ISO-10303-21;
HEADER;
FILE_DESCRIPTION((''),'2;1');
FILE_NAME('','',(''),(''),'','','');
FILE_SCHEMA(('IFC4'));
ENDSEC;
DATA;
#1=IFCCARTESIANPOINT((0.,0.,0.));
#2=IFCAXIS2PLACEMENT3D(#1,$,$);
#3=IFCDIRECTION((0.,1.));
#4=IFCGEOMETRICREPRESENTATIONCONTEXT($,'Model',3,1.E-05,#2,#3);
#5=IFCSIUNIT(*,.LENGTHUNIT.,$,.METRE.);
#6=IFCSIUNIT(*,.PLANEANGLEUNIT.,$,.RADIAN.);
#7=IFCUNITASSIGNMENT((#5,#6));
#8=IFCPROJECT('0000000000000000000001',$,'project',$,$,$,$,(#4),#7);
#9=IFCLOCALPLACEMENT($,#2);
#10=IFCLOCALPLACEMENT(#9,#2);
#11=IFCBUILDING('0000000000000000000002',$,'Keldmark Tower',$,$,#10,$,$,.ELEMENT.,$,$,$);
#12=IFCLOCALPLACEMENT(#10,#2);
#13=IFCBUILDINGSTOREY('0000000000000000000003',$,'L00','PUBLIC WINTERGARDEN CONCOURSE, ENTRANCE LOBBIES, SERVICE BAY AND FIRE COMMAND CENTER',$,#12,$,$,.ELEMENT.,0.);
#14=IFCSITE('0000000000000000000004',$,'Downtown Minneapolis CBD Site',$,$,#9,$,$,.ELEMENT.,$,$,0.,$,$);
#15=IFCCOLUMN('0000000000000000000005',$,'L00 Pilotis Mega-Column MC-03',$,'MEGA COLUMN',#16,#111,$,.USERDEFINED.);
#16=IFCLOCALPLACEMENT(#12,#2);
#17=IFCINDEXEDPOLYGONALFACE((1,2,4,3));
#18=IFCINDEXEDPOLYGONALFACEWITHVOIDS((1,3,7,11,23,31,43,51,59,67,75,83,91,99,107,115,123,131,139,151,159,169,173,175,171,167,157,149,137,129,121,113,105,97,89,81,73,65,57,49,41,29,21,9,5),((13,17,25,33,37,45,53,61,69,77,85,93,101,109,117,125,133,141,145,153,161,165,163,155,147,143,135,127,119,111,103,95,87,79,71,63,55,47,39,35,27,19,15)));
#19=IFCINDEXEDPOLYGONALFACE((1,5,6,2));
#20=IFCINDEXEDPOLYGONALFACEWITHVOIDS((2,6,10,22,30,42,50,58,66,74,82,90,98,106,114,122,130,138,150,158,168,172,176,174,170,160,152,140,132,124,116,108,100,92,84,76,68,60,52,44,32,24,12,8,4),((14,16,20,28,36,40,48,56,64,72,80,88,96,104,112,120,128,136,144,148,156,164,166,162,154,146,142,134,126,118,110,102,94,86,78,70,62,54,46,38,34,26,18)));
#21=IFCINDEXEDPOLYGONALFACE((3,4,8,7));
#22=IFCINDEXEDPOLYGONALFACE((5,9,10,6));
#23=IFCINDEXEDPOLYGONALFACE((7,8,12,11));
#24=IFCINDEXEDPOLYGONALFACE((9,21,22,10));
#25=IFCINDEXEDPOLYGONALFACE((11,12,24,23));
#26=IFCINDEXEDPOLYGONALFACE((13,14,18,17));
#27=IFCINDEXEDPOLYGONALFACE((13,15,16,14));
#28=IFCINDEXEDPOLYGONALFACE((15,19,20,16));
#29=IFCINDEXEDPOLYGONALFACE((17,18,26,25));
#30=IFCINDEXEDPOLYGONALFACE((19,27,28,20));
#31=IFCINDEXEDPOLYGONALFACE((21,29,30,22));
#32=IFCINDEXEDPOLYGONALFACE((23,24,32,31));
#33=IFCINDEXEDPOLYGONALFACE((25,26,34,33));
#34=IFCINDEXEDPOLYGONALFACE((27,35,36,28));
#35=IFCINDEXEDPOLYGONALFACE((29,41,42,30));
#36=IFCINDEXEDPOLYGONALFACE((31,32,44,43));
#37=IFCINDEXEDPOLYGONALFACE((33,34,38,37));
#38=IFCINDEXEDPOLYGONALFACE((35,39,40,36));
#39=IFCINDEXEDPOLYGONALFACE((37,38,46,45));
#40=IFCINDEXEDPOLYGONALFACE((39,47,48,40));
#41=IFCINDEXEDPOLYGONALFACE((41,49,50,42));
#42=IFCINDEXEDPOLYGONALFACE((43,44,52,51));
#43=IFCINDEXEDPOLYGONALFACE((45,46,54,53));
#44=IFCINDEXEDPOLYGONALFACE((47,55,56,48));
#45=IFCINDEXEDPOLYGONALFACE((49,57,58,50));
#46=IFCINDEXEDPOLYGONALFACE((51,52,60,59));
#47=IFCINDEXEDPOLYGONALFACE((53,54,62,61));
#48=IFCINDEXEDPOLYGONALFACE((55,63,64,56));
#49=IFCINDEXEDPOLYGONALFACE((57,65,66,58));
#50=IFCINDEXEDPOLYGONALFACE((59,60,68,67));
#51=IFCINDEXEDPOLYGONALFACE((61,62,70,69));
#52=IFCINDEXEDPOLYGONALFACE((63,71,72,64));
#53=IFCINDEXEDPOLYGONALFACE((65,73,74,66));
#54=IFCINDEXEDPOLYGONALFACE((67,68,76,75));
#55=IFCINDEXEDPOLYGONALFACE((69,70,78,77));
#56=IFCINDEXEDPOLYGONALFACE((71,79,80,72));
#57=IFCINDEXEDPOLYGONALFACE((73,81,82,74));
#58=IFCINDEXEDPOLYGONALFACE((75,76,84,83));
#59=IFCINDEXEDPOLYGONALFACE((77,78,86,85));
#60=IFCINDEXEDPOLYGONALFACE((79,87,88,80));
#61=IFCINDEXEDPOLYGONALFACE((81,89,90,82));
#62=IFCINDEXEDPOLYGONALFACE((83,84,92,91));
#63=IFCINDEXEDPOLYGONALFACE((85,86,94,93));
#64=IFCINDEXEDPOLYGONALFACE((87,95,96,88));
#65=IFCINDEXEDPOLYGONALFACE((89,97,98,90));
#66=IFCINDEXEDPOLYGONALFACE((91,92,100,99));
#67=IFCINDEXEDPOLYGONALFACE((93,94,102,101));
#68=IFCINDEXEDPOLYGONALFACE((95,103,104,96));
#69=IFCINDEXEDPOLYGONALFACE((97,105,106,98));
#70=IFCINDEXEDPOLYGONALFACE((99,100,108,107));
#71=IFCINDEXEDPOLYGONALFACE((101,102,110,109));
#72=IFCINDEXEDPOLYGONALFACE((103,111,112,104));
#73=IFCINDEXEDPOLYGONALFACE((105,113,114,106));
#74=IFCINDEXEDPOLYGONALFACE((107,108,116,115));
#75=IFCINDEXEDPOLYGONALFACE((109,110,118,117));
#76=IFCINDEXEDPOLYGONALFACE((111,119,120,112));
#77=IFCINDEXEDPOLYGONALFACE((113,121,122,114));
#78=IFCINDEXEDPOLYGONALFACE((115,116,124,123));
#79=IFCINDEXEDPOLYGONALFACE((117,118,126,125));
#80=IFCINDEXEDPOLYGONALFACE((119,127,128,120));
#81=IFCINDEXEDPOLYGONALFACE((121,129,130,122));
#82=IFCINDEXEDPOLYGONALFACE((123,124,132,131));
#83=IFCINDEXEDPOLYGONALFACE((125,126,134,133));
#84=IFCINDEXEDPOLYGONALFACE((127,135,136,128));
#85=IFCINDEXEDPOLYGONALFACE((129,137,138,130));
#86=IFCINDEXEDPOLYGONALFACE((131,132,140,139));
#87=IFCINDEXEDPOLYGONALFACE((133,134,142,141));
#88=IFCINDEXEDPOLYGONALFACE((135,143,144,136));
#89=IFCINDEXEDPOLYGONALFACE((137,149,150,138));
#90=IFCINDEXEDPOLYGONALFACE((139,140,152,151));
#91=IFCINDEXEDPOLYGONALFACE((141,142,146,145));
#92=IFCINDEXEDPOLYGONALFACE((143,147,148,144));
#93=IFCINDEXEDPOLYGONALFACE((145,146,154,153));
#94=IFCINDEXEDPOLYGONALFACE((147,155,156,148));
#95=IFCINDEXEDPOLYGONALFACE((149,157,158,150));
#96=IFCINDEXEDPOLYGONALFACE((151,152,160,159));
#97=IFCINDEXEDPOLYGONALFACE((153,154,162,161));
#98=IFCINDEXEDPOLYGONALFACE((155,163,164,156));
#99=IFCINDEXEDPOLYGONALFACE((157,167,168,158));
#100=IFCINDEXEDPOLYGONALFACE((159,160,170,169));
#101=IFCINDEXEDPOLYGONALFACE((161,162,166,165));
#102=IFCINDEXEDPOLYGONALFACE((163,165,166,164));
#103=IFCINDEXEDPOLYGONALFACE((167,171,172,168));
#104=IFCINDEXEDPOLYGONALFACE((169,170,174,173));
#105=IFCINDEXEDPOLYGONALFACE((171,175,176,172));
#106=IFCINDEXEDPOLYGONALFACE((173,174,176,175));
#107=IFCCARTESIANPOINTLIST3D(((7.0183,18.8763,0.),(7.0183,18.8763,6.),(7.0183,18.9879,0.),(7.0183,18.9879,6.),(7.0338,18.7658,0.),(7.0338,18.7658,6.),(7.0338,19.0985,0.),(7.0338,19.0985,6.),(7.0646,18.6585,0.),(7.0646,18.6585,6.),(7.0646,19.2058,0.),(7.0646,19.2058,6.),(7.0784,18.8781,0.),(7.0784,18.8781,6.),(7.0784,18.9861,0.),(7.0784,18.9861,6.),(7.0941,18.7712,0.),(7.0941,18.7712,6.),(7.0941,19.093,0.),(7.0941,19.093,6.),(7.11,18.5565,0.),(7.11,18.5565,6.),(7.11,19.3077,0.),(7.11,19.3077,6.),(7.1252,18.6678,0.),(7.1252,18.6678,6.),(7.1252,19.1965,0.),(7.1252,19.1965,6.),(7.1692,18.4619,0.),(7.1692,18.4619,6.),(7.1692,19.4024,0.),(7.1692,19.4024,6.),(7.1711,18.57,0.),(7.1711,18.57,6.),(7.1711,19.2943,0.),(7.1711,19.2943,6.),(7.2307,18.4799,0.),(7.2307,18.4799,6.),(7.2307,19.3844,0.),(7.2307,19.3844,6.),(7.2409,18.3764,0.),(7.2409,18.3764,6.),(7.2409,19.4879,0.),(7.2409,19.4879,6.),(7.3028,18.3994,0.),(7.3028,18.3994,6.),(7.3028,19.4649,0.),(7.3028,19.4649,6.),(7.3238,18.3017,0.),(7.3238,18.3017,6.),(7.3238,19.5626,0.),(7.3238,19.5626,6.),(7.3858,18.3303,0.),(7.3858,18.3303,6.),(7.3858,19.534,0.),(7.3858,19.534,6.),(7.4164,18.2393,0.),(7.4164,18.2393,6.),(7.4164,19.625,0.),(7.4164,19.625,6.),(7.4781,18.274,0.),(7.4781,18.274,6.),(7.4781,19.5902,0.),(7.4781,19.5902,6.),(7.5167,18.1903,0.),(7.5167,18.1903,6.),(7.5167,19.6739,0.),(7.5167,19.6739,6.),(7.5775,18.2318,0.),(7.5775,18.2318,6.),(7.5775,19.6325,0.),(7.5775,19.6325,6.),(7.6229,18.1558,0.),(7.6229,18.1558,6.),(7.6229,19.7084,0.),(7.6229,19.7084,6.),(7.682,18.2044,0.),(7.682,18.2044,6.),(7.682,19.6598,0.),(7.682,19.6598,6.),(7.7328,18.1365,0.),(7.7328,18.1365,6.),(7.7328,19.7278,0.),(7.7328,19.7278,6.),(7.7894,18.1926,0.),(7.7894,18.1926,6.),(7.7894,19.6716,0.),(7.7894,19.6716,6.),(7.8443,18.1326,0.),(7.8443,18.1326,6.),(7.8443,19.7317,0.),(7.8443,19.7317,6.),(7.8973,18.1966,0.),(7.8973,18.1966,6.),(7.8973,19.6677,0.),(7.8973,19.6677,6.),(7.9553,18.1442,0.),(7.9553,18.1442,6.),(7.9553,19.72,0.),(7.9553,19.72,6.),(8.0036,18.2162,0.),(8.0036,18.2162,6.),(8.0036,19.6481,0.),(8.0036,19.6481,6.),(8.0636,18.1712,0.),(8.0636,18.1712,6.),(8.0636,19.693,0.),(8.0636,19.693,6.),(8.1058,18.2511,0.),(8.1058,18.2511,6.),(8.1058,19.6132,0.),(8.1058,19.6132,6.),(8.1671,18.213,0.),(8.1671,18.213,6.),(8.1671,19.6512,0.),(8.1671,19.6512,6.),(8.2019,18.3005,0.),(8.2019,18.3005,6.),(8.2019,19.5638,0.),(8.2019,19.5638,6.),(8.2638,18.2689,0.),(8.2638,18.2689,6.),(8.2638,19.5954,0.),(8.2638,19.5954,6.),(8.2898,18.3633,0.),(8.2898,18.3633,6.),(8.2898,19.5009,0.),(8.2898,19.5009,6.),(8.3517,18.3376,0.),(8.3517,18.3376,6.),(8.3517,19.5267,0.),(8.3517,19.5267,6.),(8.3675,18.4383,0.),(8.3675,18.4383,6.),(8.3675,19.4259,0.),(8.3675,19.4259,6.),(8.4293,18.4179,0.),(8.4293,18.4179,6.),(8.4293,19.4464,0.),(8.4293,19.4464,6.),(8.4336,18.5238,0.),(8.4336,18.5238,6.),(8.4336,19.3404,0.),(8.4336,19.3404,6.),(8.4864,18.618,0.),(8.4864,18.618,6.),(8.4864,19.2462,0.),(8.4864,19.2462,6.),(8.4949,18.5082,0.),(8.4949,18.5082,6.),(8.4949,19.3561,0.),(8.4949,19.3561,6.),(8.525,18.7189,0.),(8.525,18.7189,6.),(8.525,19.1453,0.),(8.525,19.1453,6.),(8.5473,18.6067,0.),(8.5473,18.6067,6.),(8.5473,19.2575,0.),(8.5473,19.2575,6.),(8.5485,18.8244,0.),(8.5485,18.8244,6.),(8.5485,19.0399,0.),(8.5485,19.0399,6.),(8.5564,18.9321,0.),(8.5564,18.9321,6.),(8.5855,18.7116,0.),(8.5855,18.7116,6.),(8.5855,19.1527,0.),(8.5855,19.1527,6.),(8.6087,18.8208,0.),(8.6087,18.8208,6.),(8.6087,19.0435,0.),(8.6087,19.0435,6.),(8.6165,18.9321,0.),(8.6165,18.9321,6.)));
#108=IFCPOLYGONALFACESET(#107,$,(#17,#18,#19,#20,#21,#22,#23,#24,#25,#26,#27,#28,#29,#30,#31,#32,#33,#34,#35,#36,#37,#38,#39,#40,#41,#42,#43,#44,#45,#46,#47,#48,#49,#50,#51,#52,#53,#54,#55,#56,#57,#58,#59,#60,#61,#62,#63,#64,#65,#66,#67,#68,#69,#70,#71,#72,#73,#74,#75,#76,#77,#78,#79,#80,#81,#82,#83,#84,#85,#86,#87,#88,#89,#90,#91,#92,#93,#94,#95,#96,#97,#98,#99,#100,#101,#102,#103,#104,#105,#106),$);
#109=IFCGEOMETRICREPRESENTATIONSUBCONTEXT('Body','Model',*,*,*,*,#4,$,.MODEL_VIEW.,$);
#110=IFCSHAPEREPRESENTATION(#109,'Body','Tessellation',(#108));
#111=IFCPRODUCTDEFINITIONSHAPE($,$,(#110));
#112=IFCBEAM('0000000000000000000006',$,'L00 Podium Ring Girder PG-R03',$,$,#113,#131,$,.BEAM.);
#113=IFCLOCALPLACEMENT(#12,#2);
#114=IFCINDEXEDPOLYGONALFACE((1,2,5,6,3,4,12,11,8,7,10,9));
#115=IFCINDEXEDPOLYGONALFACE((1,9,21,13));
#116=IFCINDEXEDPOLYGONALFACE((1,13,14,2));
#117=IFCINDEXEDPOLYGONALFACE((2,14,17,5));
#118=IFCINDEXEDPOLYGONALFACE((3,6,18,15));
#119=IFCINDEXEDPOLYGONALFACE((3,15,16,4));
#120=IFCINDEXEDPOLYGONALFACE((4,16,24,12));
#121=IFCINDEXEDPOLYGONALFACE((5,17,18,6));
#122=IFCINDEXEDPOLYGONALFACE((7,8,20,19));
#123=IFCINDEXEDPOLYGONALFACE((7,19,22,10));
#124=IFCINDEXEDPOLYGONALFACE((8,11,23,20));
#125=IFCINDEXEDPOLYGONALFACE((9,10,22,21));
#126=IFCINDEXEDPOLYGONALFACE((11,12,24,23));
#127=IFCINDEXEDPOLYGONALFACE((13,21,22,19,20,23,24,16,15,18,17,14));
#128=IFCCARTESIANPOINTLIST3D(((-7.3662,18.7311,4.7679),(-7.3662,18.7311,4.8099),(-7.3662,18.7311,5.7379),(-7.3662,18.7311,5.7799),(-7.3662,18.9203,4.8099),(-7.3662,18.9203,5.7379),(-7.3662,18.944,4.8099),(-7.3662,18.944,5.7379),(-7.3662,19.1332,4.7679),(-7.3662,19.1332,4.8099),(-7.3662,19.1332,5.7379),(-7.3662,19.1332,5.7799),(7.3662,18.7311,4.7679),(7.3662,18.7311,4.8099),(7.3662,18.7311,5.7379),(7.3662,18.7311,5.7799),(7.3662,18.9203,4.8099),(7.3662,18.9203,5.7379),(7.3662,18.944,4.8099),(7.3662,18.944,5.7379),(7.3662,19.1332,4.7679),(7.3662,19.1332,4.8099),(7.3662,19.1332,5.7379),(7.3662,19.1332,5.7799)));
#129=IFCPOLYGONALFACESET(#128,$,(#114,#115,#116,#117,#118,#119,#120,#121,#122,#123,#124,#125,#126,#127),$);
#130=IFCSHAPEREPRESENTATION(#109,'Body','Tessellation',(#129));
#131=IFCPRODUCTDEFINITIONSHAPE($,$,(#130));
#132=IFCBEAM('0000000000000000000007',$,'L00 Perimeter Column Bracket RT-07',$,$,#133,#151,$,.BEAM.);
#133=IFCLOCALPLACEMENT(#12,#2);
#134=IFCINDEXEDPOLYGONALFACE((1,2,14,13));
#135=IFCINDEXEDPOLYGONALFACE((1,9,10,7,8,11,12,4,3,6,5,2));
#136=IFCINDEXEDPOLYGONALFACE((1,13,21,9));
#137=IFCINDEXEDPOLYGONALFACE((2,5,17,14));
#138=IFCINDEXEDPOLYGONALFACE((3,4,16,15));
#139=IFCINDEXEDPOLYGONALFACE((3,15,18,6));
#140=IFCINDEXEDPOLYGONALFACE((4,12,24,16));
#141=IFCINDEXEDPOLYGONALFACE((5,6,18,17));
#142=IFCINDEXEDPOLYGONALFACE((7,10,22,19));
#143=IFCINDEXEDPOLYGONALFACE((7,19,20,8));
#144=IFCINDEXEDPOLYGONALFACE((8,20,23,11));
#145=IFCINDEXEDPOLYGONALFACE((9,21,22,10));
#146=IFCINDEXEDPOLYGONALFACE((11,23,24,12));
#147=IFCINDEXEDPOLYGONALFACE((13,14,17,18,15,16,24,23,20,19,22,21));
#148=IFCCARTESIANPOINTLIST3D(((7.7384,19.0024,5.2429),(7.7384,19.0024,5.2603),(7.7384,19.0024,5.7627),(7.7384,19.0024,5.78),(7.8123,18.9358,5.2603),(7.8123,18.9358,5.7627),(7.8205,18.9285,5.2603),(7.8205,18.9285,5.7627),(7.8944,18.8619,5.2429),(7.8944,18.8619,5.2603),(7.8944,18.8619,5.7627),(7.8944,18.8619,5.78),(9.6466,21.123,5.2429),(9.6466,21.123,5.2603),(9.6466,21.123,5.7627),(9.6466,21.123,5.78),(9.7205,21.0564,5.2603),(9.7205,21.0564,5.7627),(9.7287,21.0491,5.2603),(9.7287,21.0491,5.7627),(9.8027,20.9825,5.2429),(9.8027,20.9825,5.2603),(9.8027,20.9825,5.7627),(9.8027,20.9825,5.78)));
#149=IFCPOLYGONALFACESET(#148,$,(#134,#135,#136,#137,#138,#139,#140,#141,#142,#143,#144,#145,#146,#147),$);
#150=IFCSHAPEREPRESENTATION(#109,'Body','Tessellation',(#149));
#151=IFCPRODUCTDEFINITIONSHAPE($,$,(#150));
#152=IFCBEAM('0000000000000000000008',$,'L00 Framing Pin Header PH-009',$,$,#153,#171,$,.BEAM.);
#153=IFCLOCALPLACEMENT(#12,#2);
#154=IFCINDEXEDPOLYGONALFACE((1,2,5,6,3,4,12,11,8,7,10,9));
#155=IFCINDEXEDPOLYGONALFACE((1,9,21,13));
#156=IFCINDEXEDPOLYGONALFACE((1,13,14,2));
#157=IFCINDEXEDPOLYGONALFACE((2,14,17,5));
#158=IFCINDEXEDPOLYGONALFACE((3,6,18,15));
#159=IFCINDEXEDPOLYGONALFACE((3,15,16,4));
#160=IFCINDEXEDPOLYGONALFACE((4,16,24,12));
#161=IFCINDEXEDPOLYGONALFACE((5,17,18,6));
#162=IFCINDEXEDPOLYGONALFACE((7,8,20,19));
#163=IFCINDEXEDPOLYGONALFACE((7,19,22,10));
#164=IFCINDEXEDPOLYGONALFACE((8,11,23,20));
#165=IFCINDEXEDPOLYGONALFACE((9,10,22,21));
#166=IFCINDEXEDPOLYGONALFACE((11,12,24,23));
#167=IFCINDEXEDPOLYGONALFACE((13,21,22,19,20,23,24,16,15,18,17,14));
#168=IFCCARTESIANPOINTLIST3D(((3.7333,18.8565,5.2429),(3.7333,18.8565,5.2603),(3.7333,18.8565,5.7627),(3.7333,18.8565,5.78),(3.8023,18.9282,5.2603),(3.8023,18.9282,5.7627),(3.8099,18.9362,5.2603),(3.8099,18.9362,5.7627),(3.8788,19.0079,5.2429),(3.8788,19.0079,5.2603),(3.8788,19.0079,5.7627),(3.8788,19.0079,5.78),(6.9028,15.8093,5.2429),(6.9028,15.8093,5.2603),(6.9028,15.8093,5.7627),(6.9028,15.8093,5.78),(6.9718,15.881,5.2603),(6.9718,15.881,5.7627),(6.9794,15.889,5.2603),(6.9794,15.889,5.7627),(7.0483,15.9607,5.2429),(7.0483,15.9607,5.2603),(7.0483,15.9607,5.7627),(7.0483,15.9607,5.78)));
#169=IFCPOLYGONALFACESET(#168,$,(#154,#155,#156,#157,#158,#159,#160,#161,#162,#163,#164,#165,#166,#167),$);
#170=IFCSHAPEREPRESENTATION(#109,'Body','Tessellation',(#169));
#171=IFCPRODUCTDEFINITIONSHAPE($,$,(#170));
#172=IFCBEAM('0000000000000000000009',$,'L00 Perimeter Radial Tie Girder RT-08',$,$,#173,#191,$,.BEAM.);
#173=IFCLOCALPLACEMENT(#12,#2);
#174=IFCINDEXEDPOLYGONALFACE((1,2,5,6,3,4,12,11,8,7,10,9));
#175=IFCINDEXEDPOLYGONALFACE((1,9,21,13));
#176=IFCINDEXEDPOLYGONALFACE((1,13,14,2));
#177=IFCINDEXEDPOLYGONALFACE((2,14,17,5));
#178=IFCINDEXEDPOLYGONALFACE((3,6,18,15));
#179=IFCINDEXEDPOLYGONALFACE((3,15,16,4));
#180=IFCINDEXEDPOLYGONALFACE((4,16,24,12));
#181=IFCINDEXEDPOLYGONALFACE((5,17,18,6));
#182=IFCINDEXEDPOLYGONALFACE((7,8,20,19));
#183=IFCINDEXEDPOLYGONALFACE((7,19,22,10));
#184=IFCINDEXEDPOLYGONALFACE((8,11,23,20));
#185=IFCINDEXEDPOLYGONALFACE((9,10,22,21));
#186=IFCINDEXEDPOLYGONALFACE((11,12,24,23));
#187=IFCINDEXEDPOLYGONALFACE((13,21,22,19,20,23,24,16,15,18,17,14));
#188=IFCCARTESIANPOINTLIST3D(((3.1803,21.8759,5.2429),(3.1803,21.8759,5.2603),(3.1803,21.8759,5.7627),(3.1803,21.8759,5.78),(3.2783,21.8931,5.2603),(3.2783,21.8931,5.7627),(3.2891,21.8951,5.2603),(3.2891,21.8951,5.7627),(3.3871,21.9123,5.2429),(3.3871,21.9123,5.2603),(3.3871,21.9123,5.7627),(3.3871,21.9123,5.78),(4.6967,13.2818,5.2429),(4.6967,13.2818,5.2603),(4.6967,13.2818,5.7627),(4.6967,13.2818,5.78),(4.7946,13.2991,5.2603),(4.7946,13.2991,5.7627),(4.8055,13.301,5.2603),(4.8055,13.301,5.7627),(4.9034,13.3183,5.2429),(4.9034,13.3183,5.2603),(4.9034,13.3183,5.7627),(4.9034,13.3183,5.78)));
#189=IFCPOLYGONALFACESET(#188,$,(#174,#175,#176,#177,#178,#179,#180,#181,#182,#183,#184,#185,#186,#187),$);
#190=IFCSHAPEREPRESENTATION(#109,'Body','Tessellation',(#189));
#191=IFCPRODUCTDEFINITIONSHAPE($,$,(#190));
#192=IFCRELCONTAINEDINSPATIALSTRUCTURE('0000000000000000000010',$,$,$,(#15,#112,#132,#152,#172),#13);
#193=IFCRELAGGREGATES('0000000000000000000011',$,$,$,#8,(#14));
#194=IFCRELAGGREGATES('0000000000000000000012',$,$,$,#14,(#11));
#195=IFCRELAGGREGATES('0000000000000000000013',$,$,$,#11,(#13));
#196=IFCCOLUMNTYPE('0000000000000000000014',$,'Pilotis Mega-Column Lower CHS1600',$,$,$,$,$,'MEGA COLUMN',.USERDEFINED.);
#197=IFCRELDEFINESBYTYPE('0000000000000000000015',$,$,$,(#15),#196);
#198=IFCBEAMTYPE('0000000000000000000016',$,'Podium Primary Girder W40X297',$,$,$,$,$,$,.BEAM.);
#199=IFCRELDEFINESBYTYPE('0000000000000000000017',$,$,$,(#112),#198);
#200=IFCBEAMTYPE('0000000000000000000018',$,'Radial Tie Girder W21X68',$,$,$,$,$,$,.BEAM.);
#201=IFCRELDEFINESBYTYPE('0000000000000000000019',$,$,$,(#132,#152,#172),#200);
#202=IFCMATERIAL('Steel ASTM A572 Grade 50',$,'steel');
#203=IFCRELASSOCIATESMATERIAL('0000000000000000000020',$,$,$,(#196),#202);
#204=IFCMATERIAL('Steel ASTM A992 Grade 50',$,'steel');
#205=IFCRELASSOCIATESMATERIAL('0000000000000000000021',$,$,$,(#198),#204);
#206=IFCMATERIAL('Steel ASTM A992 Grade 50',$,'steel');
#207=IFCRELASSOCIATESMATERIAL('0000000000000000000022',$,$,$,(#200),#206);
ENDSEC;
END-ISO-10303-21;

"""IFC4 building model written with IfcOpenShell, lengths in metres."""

from ifc_helpers import new_model, si_unit, direction, frame, origin, origin_2d, place, context, subcontext, project, spatial, hollow_circle, i_section, extrude, material, material_profile, profile_set, type_object, element, save


model = new_model("IFC4")

# Units and contexts
model_context = context("Model", 3, precision=1e-05, world=origin(), true_north=direction((0.0, 1.0)))
body_context = subcontext(model_context, "Body", "Model", "MODEL_VIEW")
ifc_project = project(units=[si_unit("LENGTHUNIT", "METRE"), si_unit("PLANEANGLEUNIT", "RADIAN")], contexts=[model_context])

# Site, building, storey
site_placement = place(None, origin())
site = spatial("IfcSite", under=ifc_project, at=site_placement, Name="Downtown Minneapolis CBD Site", CompositionType="ELEMENT", RefElevation=0.0)
building_placement = place(site_placement, origin())
building = spatial("IfcBuilding", under=site, at=building_placement, Name="Keldmark Tower", CompositionType="ELEMENT")
storey_placement = place(building_placement, origin())
storey = spatial("IfcBuildingStorey", under=building, at=storey_placement, Name="L00", Description="PUBLIC WINTERGARDEN CONCOURSE, ENTRANCE LOBBIES, SERVICE BAY AND FIRE COMMAND CENTER", CompositionType="ELEMENT", Elevation=0.0)

# Column
ifc_material_1 = material(Name="Steel ASTM A572 Grade 50", Category="steel")
ifc_material_profile_1 = material_profile(ifc_material_1, hollow_circle(Radius=0.8, WallThickness=0.0601, at=origin_2d()), Name="CHS1600X60")
ifc_profile_set_1 = profile_set([ifc_material_profile_1], Name="Steel ASTM A572 Grade 50")
column_type = type_object("IfcColumnType", Name="Pilotis Mega-Column Lower CHS1600", ElementType="MEGA COLUMN", PredefinedType="USERDEFINED", material=ifc_profile_set_1)
column_placement = place(storey_placement, frame((7.8164, 18.9321, 0.0), z_axis=(0.0, 0.0, 1.0), x_axis=(1.0, 0.0, 0.0)))
element("IfcColumn", 1, at=column_placement, inside=storey, type_object=column_type, Name="L00 Pilotis Mega-Column MC-03", ObjectType="MEGA COLUMN", PredefinedType="USERDEFINED", context=body_context, shape_type="SweptSolid", body=[
    extrude(hollow_circle(Radius=0.8, WallThickness=0.0601, at=origin_2d()), origin(), (0.0, 0.0, 1.0), 6.0),
])

# Beams
ifc_material_2 = material(Name="Steel ASTM A992 Grade 50", Category="steel")
ifc_material_profile_2 = material_profile(ifc_material_2, i_section(OverallWidth=0.4021, OverallDepth=1.012, WebThickness=0.0237, FlangeThickness=0.042, at=origin_2d()), Name="W40X297")
ifc_profile_set_2 = profile_set([ifc_material_profile_2], Name="Steel ASTM A992 Grade 50")
beam_type_1 = type_object("IfcBeamType", Name="Podium Primary Girder W40X297", PredefinedType="BEAM", material=ifc_profile_set_2)
beam_1_placement = place(storey_placement, frame((7.3662, 18.9321, 5.2739), z_axis=(-1.0, 0.0, 0.0), x_axis=(0.0, -1.0, 0.0)))
element("IfcBeam", 2, at=beam_1_placement, inside=storey, type_object=beam_type_1, Name="L00 Podium Ring Girder PG-R03", PredefinedType="BEAM", context=body_context, shape_type="SweptSolid", body=[
    extrude(i_section(OverallWidth=0.4021, OverallDepth=1.012, WebThickness=0.0237, FlangeThickness=0.042, at=origin_2d()), origin(), (0.0, 0.0, 1.0), 14.7324),
])
ifc_material_3 = material(Name="Steel ASTM A992 Grade 50", Category="steel")
ifc_material_profile_3 = material_profile(ifc_material_3, i_section(OverallWidth=0.21, OverallDepth=0.5371, WebThickness=0.011, FlangeThickness=0.0173, at=origin_2d()), Name="W21X68")
ifc_profile_set_3 = profile_set([ifc_material_profile_3], Name="Steel ASTM A992 Grade 50")
beam_type_2 = type_object("IfcBeamType", Name="Radial Tie Girder W21X68", PredefinedType="BEAM", material=ifc_profile_set_3)
beam_2_placement = place(storey_placement, frame((7.8164, 18.9321, 5.5115), z_axis=(0.668899, 0.743354, 0.0), x_axis=(-0.743354, 0.668899, 0.0)))
element("IfcBeam", 3, at=beam_2_placement, inside=storey, type_object=beam_type_2, Name="L00 Perimeter Column Bracket RT-07", PredefinedType="BEAM", context=body_context, shape_type="SweptSolid", body=[
    extrude(i_section(OverallWidth=0.21, OverallDepth=0.5371, WebThickness=0.011, FlangeThickness=0.0173, at=origin_2d()), origin(), (0.0, 0.0, 1.0), 2.8528),
])
beam_3_placement = place(storey_placement, frame((6.9756, 15.885, 5.5115), z_axis=(-0.72088, 0.69306, 0.0), x_axis=(-0.69306, -0.72088, 0.0)))
element("IfcBeam", 4, at=beam_3_placement, inside=storey, type_object=beam_type_2, Name="L00 Framing Pin Header PH-009", PredefinedType="BEAM", context=body_context, shape_type="SweptSolid", body=[
    extrude(i_section(OverallWidth=0.21, OverallDepth=0.5371, WebThickness=0.011, FlangeThickness=0.0173, at=origin_2d()), origin(), (0.0, 0.0, 1.0), 4.3967),
])
beam_4_placement = place(storey_placement, frame((4.8, 13.3, 5.5115), z_axis=(-0.17376, 0.984788, 0.0), x_axis=(-0.984788, -0.17376, 0.0)))
element("IfcBeam", 5, at=beam_4_placement, inside=storey, type_object=beam_type_2, Name="L00 Perimeter Radial Tie Girder RT-08", PredefinedType="BEAM", context=body_context, shape_type="SweptSolid", body=[
    extrude(i_section(OverallWidth=0.21, OverallDepth=0.5371, WebThickness=0.011, FlangeThickness=0.0173, at=origin_2d()), origin(), (0.0, 0.0, 1.0), 8.7268),
])

save(model, "model.ifc")
